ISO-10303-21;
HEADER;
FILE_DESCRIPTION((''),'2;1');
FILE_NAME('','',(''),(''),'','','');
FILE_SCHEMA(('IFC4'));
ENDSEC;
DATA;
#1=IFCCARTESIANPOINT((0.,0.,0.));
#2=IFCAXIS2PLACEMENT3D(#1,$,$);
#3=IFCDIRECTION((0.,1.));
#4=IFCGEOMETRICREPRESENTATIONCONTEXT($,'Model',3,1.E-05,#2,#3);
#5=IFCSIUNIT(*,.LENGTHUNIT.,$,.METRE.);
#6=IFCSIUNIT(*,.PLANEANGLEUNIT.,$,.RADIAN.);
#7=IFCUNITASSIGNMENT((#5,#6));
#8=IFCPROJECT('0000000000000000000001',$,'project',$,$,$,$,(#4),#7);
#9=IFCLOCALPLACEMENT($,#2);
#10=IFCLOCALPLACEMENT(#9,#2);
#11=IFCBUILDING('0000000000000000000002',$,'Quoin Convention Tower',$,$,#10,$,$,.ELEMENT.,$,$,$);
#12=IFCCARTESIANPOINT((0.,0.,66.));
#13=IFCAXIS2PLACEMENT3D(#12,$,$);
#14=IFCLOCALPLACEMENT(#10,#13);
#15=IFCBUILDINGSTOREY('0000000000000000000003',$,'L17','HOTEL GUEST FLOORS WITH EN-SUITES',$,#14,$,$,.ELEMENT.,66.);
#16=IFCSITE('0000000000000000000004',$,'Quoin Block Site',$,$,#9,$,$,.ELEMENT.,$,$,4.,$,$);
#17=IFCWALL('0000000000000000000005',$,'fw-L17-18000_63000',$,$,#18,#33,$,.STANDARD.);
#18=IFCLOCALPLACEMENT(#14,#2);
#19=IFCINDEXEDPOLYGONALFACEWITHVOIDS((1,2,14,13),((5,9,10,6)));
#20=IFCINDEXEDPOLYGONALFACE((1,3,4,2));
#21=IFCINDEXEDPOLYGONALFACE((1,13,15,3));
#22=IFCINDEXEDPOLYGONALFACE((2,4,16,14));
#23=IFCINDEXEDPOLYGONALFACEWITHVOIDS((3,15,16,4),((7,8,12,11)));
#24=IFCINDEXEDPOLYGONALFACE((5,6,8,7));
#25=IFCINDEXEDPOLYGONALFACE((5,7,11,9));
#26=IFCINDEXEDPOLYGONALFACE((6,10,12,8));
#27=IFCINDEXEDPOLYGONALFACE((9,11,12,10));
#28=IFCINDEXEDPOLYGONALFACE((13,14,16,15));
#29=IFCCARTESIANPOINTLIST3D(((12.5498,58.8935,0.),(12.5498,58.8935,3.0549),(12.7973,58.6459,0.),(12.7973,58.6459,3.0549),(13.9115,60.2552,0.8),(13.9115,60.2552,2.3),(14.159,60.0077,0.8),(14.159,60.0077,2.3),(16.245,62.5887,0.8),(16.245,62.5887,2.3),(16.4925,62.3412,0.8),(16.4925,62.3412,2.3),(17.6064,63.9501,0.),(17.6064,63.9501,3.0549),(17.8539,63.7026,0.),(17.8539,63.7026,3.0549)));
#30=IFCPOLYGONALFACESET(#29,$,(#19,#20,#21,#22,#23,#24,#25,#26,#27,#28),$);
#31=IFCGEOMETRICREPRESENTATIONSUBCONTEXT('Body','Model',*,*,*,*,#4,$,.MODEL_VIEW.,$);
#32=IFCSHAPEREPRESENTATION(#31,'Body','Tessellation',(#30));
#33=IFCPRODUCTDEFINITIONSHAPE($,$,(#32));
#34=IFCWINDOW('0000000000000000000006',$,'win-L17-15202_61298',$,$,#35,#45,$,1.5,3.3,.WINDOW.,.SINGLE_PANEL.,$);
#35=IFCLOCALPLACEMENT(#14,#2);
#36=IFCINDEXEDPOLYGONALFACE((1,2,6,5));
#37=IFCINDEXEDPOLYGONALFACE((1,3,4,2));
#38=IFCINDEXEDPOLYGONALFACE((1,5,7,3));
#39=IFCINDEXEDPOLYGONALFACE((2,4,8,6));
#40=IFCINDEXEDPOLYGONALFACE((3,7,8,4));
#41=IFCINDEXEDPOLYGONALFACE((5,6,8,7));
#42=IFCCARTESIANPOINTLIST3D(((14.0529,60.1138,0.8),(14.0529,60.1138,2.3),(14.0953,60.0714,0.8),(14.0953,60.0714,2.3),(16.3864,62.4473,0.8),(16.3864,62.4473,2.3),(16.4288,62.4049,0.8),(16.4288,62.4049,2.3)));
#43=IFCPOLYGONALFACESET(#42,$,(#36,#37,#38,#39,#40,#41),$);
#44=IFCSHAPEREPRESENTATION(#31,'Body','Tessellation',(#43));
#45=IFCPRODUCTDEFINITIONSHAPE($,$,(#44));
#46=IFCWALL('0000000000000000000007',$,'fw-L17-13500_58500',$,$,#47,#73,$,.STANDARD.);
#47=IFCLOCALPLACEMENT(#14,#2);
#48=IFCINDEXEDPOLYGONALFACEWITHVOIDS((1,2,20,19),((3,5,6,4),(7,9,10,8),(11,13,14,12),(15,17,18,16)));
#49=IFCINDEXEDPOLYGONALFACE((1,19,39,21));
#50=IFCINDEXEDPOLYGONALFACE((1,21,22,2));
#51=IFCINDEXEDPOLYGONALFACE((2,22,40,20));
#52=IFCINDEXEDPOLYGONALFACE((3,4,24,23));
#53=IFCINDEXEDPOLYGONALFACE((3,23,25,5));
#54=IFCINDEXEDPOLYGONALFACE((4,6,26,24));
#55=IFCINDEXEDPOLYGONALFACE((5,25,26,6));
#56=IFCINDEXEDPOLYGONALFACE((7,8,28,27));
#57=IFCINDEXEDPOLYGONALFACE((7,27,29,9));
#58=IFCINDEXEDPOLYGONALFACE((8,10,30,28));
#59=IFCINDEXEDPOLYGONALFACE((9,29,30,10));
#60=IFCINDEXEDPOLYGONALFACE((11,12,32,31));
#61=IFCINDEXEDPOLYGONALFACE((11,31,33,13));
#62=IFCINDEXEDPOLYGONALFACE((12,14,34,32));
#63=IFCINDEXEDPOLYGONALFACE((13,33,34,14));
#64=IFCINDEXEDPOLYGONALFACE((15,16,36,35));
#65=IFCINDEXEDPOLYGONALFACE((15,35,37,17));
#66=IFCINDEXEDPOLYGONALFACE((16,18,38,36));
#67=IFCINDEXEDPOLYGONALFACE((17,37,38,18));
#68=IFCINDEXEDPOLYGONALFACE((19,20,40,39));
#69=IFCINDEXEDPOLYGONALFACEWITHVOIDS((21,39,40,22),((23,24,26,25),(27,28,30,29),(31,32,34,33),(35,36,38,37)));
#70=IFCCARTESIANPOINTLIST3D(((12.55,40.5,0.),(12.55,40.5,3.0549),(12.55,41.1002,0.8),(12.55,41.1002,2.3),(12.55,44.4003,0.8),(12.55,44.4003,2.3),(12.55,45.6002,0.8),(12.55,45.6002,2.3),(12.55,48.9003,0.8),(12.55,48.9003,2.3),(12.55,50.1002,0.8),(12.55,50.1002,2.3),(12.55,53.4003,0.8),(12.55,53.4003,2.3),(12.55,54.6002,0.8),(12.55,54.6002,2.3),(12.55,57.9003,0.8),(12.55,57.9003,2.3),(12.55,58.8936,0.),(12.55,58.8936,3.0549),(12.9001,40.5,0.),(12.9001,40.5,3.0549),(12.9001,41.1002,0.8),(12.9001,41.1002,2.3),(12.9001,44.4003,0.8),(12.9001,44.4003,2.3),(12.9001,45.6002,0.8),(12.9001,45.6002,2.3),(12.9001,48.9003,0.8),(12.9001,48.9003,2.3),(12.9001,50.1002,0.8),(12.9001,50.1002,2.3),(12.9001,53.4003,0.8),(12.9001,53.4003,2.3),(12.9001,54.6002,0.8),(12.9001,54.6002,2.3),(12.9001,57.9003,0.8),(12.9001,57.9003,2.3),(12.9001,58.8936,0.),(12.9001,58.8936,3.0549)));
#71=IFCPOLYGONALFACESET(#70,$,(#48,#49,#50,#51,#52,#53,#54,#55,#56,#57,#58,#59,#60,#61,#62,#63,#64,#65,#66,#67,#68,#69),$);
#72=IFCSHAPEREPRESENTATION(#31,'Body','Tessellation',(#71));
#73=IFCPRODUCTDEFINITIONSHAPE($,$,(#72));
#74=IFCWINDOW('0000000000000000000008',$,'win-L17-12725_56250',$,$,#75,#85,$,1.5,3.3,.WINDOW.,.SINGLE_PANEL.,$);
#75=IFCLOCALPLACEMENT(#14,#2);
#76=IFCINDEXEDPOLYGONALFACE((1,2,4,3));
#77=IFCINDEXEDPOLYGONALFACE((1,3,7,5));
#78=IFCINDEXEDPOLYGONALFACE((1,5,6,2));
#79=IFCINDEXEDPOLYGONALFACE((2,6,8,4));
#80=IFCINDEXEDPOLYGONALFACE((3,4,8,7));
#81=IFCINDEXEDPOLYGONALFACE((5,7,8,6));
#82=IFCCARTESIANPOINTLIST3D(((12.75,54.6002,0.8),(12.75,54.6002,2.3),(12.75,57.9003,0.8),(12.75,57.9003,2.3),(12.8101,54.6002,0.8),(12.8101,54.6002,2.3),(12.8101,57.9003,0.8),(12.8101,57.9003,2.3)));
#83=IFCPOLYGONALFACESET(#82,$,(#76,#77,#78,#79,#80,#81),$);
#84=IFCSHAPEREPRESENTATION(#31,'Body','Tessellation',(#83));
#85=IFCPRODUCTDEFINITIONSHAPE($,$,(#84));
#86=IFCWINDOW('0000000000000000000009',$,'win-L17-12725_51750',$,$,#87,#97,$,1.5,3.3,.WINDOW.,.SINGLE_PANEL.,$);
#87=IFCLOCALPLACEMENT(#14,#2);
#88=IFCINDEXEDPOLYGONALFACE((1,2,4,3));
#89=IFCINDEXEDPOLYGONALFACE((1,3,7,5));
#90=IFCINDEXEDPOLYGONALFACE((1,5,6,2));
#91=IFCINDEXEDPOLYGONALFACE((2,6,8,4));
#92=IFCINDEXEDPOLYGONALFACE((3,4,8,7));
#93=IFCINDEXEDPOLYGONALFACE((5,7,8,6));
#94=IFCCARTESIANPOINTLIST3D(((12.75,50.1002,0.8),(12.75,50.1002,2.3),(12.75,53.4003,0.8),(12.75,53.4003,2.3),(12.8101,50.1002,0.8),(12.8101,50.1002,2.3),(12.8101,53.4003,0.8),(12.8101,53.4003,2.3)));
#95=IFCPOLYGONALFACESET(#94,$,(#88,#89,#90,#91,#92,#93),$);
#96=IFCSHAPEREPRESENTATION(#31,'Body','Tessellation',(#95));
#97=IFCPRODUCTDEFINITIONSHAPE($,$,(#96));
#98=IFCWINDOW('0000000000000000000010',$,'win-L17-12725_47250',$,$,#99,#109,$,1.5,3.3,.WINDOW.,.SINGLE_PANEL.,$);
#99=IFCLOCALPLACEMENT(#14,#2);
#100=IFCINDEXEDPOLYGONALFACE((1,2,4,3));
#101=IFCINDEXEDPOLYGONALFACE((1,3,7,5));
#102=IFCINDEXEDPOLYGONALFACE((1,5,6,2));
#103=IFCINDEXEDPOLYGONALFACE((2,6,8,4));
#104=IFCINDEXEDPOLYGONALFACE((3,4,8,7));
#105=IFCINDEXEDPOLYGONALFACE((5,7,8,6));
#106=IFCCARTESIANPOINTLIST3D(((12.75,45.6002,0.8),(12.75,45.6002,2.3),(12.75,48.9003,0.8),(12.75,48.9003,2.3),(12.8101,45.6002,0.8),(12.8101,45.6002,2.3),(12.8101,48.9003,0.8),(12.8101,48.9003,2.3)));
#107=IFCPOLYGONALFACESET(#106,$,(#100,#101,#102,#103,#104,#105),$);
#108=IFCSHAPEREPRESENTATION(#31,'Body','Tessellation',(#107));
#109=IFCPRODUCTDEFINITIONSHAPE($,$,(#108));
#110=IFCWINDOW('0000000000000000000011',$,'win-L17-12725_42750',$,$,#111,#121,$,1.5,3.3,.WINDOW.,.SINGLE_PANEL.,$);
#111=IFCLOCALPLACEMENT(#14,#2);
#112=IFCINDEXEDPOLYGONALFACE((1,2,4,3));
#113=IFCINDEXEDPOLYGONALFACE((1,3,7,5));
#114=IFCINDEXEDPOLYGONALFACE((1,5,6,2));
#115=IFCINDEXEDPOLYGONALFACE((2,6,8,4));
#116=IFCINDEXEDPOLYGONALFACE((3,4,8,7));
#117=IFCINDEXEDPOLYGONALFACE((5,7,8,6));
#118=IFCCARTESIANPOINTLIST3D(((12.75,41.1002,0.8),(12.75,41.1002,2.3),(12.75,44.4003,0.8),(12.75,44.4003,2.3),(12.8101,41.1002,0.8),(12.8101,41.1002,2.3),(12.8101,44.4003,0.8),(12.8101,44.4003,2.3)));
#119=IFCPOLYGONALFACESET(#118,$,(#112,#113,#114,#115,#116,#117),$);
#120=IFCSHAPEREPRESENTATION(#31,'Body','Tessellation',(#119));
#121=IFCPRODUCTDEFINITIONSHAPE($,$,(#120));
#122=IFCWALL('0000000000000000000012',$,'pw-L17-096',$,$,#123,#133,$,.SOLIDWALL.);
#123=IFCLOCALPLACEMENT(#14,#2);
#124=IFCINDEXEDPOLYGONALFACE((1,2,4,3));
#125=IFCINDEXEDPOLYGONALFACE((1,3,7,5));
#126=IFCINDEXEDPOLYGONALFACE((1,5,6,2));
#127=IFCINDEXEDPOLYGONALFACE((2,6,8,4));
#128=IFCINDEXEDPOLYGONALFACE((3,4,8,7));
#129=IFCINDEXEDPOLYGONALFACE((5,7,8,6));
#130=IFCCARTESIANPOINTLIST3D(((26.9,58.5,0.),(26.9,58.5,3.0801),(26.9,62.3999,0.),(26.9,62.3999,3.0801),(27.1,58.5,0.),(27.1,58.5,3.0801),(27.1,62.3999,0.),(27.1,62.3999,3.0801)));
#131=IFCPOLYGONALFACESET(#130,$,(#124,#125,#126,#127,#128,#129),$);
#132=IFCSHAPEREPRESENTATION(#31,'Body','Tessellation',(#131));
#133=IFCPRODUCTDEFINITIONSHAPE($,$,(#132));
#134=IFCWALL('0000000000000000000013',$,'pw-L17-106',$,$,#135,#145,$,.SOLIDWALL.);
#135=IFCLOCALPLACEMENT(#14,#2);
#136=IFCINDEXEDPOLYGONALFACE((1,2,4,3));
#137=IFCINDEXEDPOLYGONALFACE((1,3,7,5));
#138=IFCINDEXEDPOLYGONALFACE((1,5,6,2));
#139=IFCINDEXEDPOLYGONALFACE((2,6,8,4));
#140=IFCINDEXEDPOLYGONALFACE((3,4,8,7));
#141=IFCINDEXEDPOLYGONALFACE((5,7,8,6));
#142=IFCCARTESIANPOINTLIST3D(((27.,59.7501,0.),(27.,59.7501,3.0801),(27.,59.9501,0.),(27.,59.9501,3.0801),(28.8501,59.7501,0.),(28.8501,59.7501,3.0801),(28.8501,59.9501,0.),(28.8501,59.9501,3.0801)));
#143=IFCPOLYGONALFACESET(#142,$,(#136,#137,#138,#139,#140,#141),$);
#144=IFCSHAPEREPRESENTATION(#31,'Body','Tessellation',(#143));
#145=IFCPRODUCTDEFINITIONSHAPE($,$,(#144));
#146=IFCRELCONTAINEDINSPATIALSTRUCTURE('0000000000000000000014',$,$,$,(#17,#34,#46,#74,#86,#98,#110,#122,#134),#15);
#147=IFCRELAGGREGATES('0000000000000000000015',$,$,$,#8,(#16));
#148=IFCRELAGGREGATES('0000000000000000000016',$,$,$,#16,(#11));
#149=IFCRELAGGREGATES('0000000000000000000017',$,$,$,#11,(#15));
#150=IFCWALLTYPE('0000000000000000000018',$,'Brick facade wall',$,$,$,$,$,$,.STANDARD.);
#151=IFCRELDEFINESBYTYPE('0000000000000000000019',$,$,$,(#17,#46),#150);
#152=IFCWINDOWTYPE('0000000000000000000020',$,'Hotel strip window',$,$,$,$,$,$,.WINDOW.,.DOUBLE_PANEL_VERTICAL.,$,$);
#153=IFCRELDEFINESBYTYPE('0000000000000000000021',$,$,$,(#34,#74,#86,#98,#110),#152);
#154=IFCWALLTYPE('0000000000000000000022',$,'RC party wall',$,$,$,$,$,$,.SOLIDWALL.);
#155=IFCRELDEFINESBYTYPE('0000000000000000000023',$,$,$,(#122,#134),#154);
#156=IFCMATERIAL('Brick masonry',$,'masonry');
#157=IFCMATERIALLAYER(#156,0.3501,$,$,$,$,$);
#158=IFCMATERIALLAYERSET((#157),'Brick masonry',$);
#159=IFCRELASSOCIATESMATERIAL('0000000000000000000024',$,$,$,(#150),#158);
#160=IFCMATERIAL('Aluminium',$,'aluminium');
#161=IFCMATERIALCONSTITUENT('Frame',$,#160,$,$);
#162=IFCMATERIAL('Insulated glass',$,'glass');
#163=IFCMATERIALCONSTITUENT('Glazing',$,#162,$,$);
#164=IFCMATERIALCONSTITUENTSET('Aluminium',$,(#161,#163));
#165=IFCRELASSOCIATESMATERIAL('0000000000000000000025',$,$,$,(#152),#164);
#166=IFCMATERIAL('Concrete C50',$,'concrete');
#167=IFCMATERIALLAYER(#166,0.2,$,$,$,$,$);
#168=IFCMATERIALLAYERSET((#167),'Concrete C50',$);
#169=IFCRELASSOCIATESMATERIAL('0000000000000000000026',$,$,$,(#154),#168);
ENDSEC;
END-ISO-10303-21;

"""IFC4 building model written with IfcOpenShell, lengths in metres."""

from ifc_helpers import new_model, si_unit, direction, frame, frame_2d, origin, place, context, subcontext, project, spatial, rectangle, extrude, material, layer, layer_set, constituent, constituent_set, type_object, element, fill, save


model = new_model("IFC4")

# Units and contexts
model_context = context("Model", 3, precision=1e-05, world=origin(), true_north=direction((0.0, 1.0)))
body_context = subcontext(model_context, "Body", "Model", "MODEL_VIEW")
ifc_project = project(units=[si_unit("LENGTHUNIT", "METRE"), si_unit("PLANEANGLEUNIT", "RADIAN")], contexts=[model_context])

# Site, building, storey
site_placement = place(None, origin())
site = spatial("IfcSite", under=ifc_project, at=site_placement, Name="Quoin Block Site", CompositionType="ELEMENT", RefElevation=4.0)
building_placement = place(site_placement, origin())
building = spatial("IfcBuilding", under=site, at=building_placement, Name="Quoin Convention Tower", CompositionType="ELEMENT")
storey_placement = place(building_placement, frame((0.0, 0.0, 66.0)))
storey = spatial("IfcBuildingStorey", under=building, at=storey_placement, Name="L17", Description="HOTEL GUEST FLOORS WITH EN-SUITES", CompositionType="ELEMENT", Elevation=66.0)

# Wall, opening, window
ifc_material_1 = material(Name="Brick masonry", Category="masonry")
ifc_layer_1 = layer(ifc_material_1, 0.3501)
ifc_layer_set_1 = layer_set([ifc_layer_1], Name="Brick masonry")
wall_type_1 = type_object("IfcWallType", Name="Brick facade wall", PredefinedType="STANDARD", material=ifc_layer_set_1)
wall_1_placement = place(storey_placement, frame((17.7302, 63.8264, 0.0), z_axis=(0.0, 0.0, 1.0), x_axis=(-0.707107, -0.707107, 0.0)))
wall_1 = element("IfcWall", 1, at=wall_1_placement, inside=storey, type_object=wall_type_1, Name="fw-L17-18000_63000", PredefinedType="STANDARD", context=body_context, shape_type="SweptSolid", body=[
    extrude(rectangle(XDim=7.1511, YDim=0.3501, at=frame_2d((3.5757, 0.0))), origin(), (0.0, 0.0, 1.0), 3.0549),
])
opening_1_placement = place(wall_1_placement, frame((1.9255, 0.0, 0.8)))
opening_1 = element("IfcOpeningElement", 2, at=opening_1_placement, cuts=wall_1, PredefinedType="OPENING", context=body_context, shape_type="SweptSolid", body=[
    extrude(rectangle(XDim=3.3, YDim=1.5, at=frame_2d((1.6499, 0.75))), frame((0.0, 0.1851, 0.0), z_axis=(0.0, -1.0, 0.0), x_axis=(1.0, 0.0, 0.0)), (0.0, 0.0, 1.0), 0.3701),
])
ifc_material_2 = material(Name="Aluminium", Category="aluminium")
ifc_constituent_1 = constituent(ifc_material_2, Name="Frame")
ifc_material_3 = material(Name="Insulated glass", Category="glass")
ifc_constituent_2 = constituent(ifc_material_3, Name="Glazing")
ifc_constituent_set = constituent_set(constituents=[ifc_constituent_1, ifc_constituent_2], Name="Aluminium")
window_type = type_object("IfcWindowType", Name="Hotel strip window", PartitioningType="DOUBLE_PANEL_VERTICAL", PredefinedType="WINDOW", material=ifc_constituent_set)
window_1_placement = place(opening_1_placement, origin())
window_1 = element("IfcWindow", 3, at=window_1_placement, inside=storey, type_object=window_type, Name="win-L17-15202_61298", OverallHeight=1.5, OverallWidth=3.3, PartitioningType="SINGLE_PANEL", PredefinedType="WINDOW", context=body_context, shape_type="SweptSolid", body=[
    extrude(rectangle(XDim=3.3, YDim=1.5, at=frame_2d((1.6499, 0.75))), frame((0.0, 0.085, 0.0), z_axis=(0.0, -1.0, 0.0), x_axis=(1.0, 0.0, 0.0)), (0.0, 0.0, 1.0), 0.0601),
])
fill(opening_1, window_1)

# Wall, openings, windows
wall_2_placement = place(storey_placement, frame((12.7251, 58.8936, 0.0), z_axis=(0.0, 0.0, 1.0), x_axis=(0.0, -1.0, 0.0)))
wall_2 = element("IfcWall", 4, at=wall_2_placement, inside=storey, type_object=wall_type_1, Name="fw-L17-13500_58500", PredefinedType="STANDARD", context=body_context, shape_type="SweptSolid", body=[
    extrude(rectangle(XDim=18.3936, YDim=0.3501, at=frame_2d((9.1968, 0.0))), origin(), (0.0, 0.0, 1.0), 3.0549),
])
opening_2_placement = place(wall_2_placement, frame((0.9934, 0.0, 0.8)))
opening_2 = element("IfcOpeningElement", 5, at=opening_2_placement, cuts=wall_2, PredefinedType="OPENING", context=body_context, shape_type="SweptSolid", body=[
    extrude(rectangle(XDim=3.3, YDim=1.5, at=frame_2d((1.6499, 0.75))), frame((0.0, 0.1851, 0.0), z_axis=(0.0, -1.0, 0.0), x_axis=(1.0, 0.0, 0.0)), (0.0, 0.0, 1.0), 0.3701),
])
opening_3_placement = place(wall_2_placement, frame((5.4934, 0.0, 0.8)))
opening_3 = element("IfcOpeningElement", 6, at=opening_3_placement, cuts=wall_2, PredefinedType="OPENING", context=body_context, shape_type="SweptSolid", body=[
    extrude(rectangle(XDim=3.3, YDim=1.5, at=frame_2d((1.6499, 0.75))), frame((0.0, 0.1851, 0.0), z_axis=(0.0, -1.0, 0.0), x_axis=(1.0, 0.0, 0.0)), (0.0, 0.0, 1.0), 0.3701),
])
opening_4_placement = place(wall_2_placement, frame((9.9934, 0.0, 0.8)))
opening_4 = element("IfcOpeningElement", 7, at=opening_4_placement, cuts=wall_2, PredefinedType="OPENING", context=body_context, shape_type="SweptSolid", body=[
    extrude(rectangle(XDim=3.3, YDim=1.5, at=frame_2d((1.6499, 0.75))), frame((0.0, 0.1851, 0.0), z_axis=(0.0, -1.0, 0.0), x_axis=(1.0, 0.0, 0.0)), (0.0, 0.0, 1.0), 0.3701),
])
opening_5_placement = place(wall_2_placement, frame((14.4934, 0.0, 0.8)))
opening_5 = element("IfcOpeningElement", 8, at=opening_5_placement, cuts=wall_2, PredefinedType="OPENING", context=body_context, shape_type="SweptSolid", body=[
    extrude(rectangle(XDim=3.3, YDim=1.5, at=frame_2d((1.6499, 0.75))), frame((0.0, 0.1851, 0.0), z_axis=(0.0, -1.0, 0.0), x_axis=(1.0, 0.0, 0.0)), (0.0, 0.0, 1.0), 0.3701),
])
window_2_placement = place(opening_2_placement, origin())
window_2 = element("IfcWindow", 9, at=window_2_placement, inside=storey, type_object=window_type, Name="win-L17-12725_56250", OverallHeight=1.5, OverallWidth=3.3, PartitioningType="SINGLE_PANEL", PredefinedType="WINDOW", context=body_context, shape_type="SweptSolid", body=[
    extrude(rectangle(XDim=3.3, YDim=1.5, at=frame_2d((1.6499, 0.75))), frame((0.0, 0.085, 0.0), z_axis=(0.0, -1.0, 0.0), x_axis=(1.0, 0.0, 0.0)), (0.0, 0.0, 1.0), 0.0601),
])
fill(opening_2, window_2)
window_3_placement = place(opening_3_placement, origin())
window_3 = element("IfcWindow", 10, at=window_3_placement, inside=storey, type_object=window_type, Name="win-L17-12725_51750", OverallHeight=1.5, OverallWidth=3.3, PartitioningType="SINGLE_PANEL", PredefinedType="WINDOW", context=body_context, shape_type="SweptSolid", body=[
    extrude(rectangle(XDim=3.3, YDim=1.5, at=frame_2d((1.6499, 0.75))), frame((0.0, 0.085, 0.0), z_axis=(0.0, -1.0, 0.0), x_axis=(1.0, 0.0, 0.0)), (0.0, 0.0, 1.0), 0.0601),
])
fill(opening_3, window_3)
window_4_placement = place(opening_4_placement, origin())
window_4 = element("IfcWindow", 11, at=window_4_placement, inside=storey, type_object=window_type, Name="win-L17-12725_47250", OverallHeight=1.5, OverallWidth=3.3, PartitioningType="SINGLE_PANEL", PredefinedType="WINDOW", context=body_context, shape_type="SweptSolid", body=[
    extrude(rectangle(XDim=3.3, YDim=1.5, at=frame_2d((1.6499, 0.75))), frame((0.0, 0.085, 0.0), z_axis=(0.0, -1.0, 0.0), x_axis=(1.0, 0.0, 0.0)), (0.0, 0.0, 1.0), 0.0601),
])
fill(opening_4, window_4)
window_5_placement = place(opening_5_placement, origin())
window_5 = element("IfcWindow", 12, at=window_5_placement, inside=storey, type_object=window_type, Name="win-L17-12725_42750", OverallHeight=1.5, OverallWidth=3.3, PartitioningType="SINGLE_PANEL", PredefinedType="WINDOW", context=body_context, shape_type="SweptSolid", body=[
    extrude(rectangle(XDim=3.3, YDim=1.5, at=frame_2d((1.6499, 0.75))), frame((0.0, 0.085, 0.0), z_axis=(0.0, -1.0, 0.0), x_axis=(1.0, 0.0, 0.0)), (0.0, 0.0, 1.0), 0.0601),
])
fill(opening_5, window_5)

# Walls
ifc_material_4 = material(Name="Concrete C50", Category="concrete")
ifc_layer_2 = layer(ifc_material_4, 0.2)
ifc_layer_set_2 = layer_set([ifc_layer_2], Name="Concrete C50")
wall_type_2 = type_object("IfcWallType", Name="RC party wall", PredefinedType="SOLIDWALL", material=ifc_layer_set_2)
wall_3_placement = place(storey_placement, frame((27.0, 58.5, 0.0), z_axis=(0.0, 0.0, 1.0), x_axis=(0.0, 1.0, 0.0)))
element("IfcWall", 13, at=wall_3_placement, inside=storey, type_object=wall_type_2, Name="pw-L17-096", PredefinedType="SOLIDWALL", context=body_context, shape_type="SweptSolid", body=[
    extrude(rectangle(XDim=3.8999, YDim=0.2, at=frame_2d((1.95, 0.0))), origin(), (0.0, 0.0, 1.0), 3.0801),
])
wall_4_placement = place(storey_placement, frame((27.0, 59.8501, 0.0), z_axis=(0.0, 0.0, 1.0), x_axis=(1.0, 0.0, 0.0)))
element("IfcWall", 14, at=wall_4_placement, inside=storey, type_object=wall_type_2, Name="pw-L17-106", PredefinedType="SOLIDWALL", context=body_context, shape_type="SweptSolid", body=[
    extrude(rectangle(XDim=1.8501, YDim=0.2, at=frame_2d((0.925, 0.0))), origin(), (0.0, 0.0, 1.0), 3.0801),
])

save(model, "model.ifc")
